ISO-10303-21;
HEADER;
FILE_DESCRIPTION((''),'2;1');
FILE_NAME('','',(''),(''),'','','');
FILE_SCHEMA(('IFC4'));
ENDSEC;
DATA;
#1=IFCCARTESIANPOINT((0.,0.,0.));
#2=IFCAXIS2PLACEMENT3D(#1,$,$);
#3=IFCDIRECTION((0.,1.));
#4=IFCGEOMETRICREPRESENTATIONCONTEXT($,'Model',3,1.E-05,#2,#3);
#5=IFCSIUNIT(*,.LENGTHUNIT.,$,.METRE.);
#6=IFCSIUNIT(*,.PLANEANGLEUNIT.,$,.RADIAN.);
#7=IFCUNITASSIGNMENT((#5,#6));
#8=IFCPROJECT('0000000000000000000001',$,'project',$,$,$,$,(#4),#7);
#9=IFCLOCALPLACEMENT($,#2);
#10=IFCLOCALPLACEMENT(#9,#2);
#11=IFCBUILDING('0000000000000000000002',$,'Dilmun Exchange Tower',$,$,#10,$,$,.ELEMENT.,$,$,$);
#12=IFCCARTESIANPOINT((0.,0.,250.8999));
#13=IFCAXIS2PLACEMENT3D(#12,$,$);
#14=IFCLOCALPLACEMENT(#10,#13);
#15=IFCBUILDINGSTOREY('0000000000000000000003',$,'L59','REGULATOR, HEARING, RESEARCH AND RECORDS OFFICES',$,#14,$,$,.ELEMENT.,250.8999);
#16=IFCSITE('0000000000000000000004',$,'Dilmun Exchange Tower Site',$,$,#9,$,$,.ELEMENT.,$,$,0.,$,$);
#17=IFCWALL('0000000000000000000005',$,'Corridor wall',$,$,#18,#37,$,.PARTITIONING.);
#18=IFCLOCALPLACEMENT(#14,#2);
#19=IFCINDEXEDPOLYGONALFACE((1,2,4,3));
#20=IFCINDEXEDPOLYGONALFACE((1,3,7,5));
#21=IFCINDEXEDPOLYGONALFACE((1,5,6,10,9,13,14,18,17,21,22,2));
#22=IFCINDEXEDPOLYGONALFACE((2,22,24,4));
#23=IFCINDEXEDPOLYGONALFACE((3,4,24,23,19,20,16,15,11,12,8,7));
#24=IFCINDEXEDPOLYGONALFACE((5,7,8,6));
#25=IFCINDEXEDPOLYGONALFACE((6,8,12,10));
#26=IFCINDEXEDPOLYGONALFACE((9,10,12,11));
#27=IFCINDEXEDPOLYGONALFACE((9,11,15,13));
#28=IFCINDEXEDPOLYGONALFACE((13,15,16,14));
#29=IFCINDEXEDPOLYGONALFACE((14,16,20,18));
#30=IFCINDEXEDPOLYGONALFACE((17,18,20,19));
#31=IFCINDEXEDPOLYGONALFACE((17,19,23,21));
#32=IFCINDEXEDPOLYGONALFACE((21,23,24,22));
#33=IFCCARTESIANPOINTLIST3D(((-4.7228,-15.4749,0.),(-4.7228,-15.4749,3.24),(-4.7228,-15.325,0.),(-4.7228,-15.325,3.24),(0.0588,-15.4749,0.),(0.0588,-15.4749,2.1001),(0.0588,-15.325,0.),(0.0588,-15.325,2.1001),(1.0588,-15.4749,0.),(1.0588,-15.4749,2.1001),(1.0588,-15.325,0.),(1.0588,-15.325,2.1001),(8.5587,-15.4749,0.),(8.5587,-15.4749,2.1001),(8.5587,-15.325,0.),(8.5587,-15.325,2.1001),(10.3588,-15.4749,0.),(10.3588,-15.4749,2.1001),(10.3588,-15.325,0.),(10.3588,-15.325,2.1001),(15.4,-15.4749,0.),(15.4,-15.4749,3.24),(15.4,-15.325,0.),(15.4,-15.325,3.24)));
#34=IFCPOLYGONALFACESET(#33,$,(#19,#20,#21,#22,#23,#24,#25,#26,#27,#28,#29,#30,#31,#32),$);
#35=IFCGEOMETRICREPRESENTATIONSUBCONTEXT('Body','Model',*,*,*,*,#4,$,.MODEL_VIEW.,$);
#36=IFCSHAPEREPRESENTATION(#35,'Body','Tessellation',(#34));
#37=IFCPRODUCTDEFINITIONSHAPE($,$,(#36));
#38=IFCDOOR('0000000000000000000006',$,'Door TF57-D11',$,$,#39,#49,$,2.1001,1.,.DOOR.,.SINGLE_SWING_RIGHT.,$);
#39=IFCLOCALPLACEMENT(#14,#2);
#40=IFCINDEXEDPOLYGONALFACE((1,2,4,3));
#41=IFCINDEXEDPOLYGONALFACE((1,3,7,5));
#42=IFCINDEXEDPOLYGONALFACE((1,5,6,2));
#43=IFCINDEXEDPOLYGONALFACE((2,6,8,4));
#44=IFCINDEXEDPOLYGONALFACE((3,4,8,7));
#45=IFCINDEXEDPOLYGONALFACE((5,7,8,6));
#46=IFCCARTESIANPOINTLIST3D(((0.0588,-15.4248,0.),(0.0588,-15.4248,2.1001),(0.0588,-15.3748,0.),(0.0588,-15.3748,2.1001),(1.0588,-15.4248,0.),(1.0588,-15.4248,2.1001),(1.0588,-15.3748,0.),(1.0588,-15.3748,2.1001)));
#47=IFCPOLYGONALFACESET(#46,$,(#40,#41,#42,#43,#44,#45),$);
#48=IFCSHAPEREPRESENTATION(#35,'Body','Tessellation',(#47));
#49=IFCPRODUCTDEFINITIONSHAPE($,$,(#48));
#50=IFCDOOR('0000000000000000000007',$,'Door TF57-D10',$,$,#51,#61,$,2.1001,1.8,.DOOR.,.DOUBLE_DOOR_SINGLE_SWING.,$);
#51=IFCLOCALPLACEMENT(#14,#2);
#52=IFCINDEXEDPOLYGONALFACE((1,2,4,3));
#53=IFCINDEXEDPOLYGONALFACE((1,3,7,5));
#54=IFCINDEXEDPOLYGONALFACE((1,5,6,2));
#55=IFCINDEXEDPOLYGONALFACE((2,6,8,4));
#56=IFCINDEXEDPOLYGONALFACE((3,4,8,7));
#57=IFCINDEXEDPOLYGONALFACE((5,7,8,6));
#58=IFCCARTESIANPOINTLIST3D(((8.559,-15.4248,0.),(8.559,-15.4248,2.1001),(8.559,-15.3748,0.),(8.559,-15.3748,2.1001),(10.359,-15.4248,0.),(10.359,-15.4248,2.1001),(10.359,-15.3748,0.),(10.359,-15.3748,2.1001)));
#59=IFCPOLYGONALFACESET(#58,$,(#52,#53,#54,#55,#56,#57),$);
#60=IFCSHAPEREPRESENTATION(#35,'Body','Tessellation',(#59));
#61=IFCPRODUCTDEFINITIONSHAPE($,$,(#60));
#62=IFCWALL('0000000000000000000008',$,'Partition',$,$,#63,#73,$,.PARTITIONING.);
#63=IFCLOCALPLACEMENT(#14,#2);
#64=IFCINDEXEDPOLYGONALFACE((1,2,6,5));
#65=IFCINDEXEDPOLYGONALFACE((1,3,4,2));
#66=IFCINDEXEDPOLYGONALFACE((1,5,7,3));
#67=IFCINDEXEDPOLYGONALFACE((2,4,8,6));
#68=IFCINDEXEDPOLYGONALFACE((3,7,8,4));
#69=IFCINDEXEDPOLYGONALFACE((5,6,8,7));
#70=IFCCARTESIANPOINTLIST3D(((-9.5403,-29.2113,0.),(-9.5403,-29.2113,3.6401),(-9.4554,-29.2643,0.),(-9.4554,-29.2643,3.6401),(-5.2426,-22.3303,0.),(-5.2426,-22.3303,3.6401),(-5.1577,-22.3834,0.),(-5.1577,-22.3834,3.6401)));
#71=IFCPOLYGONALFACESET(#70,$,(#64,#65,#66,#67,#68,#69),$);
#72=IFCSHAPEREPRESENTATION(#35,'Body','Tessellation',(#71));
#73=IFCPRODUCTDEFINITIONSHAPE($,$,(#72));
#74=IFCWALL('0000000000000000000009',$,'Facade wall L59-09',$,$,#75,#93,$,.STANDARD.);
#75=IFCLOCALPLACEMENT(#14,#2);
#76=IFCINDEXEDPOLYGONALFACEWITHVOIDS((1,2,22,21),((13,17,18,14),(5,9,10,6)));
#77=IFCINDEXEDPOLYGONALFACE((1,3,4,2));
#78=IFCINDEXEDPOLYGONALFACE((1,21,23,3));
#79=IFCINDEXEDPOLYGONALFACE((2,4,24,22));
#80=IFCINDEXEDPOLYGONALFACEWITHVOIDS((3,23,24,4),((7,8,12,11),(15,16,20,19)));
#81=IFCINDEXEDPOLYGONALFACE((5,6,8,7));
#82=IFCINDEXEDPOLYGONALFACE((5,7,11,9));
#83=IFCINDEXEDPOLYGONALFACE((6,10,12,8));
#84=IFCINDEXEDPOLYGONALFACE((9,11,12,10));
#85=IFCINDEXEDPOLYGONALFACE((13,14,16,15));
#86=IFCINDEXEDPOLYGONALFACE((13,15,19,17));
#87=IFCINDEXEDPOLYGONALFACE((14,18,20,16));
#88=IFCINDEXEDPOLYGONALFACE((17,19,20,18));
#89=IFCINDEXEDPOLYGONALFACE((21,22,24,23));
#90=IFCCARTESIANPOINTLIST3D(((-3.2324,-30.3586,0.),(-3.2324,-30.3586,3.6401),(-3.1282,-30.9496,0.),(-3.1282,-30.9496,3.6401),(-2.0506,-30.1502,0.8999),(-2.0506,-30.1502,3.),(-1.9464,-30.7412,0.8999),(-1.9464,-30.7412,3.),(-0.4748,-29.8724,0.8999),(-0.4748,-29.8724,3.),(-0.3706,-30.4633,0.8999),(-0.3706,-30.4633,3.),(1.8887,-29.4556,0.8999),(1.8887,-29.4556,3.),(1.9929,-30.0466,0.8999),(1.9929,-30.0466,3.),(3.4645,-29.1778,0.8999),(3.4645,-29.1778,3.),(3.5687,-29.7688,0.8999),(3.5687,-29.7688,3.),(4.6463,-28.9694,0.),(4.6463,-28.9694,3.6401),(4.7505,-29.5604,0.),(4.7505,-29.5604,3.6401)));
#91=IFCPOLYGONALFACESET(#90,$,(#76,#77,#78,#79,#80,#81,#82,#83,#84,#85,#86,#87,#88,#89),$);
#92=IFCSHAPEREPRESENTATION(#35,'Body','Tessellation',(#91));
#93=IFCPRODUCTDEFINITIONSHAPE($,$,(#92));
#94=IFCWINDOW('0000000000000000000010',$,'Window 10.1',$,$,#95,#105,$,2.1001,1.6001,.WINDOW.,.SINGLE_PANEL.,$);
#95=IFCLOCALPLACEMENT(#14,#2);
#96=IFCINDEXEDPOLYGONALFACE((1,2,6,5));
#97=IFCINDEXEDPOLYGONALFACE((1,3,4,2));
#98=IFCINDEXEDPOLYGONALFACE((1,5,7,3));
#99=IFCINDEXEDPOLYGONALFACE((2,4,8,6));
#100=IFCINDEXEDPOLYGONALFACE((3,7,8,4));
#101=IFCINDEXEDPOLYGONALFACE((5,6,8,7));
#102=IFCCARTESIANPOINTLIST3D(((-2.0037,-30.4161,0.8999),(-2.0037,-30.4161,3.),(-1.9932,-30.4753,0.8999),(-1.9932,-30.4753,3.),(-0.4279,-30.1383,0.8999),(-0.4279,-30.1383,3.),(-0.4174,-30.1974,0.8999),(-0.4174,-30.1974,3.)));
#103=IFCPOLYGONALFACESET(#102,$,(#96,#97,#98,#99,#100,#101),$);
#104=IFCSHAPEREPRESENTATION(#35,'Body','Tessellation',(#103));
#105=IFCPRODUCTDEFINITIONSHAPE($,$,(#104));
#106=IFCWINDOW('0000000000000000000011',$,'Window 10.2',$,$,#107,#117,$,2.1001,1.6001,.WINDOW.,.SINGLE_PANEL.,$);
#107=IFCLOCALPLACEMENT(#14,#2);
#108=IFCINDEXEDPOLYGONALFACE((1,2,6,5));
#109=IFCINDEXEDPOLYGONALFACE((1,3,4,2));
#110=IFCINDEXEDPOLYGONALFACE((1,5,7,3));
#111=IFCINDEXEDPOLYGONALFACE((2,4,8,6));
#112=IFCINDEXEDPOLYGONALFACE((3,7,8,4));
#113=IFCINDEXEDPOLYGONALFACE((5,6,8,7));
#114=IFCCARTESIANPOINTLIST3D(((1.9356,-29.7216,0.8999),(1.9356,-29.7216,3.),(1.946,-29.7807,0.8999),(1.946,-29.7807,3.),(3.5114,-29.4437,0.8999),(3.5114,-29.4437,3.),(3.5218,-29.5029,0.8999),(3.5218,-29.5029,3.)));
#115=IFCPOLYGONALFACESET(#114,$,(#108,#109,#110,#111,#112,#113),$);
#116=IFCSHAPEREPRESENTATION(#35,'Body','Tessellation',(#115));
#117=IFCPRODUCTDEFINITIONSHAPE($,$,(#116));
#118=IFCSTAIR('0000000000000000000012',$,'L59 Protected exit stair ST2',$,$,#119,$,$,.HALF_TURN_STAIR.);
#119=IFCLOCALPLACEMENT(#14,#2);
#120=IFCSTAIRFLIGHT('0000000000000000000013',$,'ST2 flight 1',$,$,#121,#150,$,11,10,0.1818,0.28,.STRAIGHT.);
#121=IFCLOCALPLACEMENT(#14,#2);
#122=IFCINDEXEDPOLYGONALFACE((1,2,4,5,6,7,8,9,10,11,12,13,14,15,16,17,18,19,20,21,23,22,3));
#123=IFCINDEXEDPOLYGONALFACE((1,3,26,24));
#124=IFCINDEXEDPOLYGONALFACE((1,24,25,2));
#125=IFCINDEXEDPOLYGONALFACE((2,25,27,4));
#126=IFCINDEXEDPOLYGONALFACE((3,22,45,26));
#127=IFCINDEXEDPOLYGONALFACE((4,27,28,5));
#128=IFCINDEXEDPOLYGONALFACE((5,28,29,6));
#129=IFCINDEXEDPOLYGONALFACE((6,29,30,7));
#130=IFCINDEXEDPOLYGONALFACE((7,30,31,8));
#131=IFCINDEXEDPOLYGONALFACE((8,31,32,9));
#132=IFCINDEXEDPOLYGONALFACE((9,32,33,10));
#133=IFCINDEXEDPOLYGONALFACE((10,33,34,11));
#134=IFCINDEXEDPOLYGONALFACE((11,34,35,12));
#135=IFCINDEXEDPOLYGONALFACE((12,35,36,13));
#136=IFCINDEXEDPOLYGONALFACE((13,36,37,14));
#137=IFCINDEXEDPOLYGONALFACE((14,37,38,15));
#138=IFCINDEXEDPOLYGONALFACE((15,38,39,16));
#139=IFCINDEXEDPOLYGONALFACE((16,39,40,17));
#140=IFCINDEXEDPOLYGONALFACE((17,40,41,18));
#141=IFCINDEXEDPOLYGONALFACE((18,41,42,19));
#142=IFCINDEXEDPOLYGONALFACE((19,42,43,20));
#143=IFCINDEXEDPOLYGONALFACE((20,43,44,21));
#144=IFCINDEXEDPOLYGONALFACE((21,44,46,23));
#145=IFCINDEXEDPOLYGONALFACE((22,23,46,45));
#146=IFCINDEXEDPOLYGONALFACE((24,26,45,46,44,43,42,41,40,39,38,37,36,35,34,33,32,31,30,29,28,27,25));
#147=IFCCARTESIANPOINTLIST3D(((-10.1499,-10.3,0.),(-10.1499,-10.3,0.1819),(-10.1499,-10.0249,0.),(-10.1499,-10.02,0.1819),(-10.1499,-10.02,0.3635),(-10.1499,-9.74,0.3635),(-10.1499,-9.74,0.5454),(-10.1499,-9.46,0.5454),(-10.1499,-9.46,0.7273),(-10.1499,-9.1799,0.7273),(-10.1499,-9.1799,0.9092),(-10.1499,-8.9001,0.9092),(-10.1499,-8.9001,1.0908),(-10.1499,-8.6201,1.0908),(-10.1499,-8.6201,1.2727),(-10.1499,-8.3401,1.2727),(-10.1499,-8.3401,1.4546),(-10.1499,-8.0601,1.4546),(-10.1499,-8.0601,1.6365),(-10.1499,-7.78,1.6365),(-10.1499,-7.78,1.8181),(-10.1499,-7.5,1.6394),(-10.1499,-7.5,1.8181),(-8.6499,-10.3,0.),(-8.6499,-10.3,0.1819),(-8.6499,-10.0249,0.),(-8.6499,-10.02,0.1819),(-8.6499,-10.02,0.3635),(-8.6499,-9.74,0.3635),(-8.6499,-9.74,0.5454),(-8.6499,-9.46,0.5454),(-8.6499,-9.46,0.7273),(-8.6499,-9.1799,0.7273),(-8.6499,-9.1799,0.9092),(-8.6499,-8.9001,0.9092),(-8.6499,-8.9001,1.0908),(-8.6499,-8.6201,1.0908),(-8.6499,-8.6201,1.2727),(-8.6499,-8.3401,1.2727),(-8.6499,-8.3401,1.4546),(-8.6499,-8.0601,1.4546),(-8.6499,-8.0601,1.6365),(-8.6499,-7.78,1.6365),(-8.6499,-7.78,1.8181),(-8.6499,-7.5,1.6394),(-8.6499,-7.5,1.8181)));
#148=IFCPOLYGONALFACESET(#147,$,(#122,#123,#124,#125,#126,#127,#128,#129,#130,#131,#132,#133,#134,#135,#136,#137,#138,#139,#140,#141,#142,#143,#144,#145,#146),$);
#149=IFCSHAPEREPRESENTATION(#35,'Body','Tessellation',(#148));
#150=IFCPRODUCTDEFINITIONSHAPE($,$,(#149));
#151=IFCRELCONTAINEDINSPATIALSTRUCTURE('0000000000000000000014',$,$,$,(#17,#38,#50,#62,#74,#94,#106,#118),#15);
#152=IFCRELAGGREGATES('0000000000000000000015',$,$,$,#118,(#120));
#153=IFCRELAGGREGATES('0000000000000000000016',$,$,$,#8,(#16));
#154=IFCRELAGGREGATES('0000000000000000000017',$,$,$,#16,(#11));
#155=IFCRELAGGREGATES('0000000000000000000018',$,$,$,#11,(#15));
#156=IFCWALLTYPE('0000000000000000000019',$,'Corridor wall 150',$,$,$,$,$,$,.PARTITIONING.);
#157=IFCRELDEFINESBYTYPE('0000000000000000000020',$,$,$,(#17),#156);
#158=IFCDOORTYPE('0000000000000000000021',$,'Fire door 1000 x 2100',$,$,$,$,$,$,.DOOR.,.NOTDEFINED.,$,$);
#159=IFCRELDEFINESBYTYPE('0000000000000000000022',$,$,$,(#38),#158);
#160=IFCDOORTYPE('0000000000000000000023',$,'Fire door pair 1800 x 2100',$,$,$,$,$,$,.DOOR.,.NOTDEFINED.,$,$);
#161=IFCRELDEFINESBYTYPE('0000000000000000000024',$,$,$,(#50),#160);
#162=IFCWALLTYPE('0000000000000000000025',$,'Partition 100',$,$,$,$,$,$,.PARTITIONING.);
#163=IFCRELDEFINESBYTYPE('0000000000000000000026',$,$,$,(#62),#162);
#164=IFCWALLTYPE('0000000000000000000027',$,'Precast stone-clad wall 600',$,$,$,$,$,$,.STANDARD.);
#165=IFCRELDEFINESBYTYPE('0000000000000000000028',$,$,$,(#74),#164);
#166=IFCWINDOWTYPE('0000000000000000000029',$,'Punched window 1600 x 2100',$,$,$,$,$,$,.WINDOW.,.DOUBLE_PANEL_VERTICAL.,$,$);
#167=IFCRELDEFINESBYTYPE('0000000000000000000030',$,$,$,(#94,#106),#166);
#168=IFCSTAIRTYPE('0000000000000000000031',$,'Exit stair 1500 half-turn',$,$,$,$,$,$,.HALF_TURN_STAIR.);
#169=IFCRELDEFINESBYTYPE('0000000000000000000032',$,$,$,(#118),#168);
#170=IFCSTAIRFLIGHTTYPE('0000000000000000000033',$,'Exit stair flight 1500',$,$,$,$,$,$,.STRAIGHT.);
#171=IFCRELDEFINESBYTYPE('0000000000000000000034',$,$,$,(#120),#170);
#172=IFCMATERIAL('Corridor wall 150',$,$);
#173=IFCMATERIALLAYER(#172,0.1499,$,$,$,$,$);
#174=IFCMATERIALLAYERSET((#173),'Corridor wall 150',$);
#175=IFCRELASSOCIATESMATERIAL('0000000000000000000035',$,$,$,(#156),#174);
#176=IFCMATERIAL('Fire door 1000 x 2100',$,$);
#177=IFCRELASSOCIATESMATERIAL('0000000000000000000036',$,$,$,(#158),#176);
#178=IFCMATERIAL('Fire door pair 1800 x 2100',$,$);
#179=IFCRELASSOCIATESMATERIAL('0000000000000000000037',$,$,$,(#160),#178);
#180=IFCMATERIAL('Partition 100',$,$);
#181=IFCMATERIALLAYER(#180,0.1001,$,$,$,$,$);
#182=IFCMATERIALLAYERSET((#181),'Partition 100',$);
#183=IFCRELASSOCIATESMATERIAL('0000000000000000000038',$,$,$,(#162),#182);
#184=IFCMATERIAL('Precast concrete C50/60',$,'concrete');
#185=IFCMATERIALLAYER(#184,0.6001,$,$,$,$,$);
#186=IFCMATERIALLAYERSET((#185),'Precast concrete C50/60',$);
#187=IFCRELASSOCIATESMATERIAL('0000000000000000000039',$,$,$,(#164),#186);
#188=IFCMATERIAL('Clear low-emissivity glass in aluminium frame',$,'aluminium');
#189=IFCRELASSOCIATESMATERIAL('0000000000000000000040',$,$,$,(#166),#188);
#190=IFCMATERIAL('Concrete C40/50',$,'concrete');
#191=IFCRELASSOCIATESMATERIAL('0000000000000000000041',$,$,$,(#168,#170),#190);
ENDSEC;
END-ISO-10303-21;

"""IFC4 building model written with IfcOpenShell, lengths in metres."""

from ifc_helpers import new_model, si_unit, direction, frame, frame_2d, origin, place, context, subcontext, project, spatial, polyline, rectangle, outline, extrude, material, layer, layer_set, type_object, element, fill, aggregate, save


model = new_model("IFC4")

# Units and contexts
model_context = context("Model", 3, precision=1e-05, world=origin(), true_north=direction((0.0, 1.0)))
body_context = subcontext(model_context, "Body", "Model", "MODEL_VIEW")
ifc_project = project(units=[si_unit("LENGTHUNIT", "METRE"), si_unit("PLANEANGLEUNIT", "RADIAN")], contexts=[model_context])

# Site, building, storey
site_placement = place(None, origin())
site = spatial("IfcSite", under=ifc_project, at=site_placement, Name="Dilmun Exchange Tower Site", CompositionType="ELEMENT", RefElevation=0.0)
building_placement = place(site_placement, origin())
building = spatial("IfcBuilding", under=site, at=building_placement, Name="Dilmun Exchange Tower", CompositionType="ELEMENT")
storey_placement = place(building_placement, frame((0.0, 0.0, 250.8999)))
storey = spatial("IfcBuildingStorey", under=building, at=storey_placement, Name="L59", Description="REGULATOR, HEARING, RESEARCH AND RECORDS OFFICES", CompositionType="ELEMENT", Elevation=250.8999)

# Shared definitions
ifc_material_1 = material(Name="Concrete C40/50", Category="concrete")

# Shared definitions
ifc_material_2 = material(Name="Corridor wall 150")
ifc_layer_1 = layer(ifc_material_2, 0.1499)
ifc_layer_set_1 = layer_set([ifc_layer_1], Name="Corridor wall 150")
wall_type_1 = type_object("IfcWallType", Name="Corridor wall 150", PredefinedType="PARTITIONING", material=ifc_layer_set_1)

# Shared definitions
ifc_material_3 = material(Name="Fire door 1000 x 2100")
door_type_1 = type_object("IfcDoorType", Name="Fire door 1000 x 2100", OperationType="NOTDEFINED", PredefinedType="DOOR", material=ifc_material_3)

# Wall, openings, doors
wall_1_placement = place(storey_placement, frame((-4.7229, -15.3999, 0.0), z_axis=(0.0, 0.0, 1.0), x_axis=(1.0, 0.0, 0.0)))
wall_1 = element("IfcWall", 1, at=wall_1_placement, inside=storey, type_object=wall_type_1, Name="Corridor wall", PredefinedType="PARTITIONING", context=body_context, shape_type="SweptSolid", body=[
    extrude(rectangle(XDim=20.1228, YDim=0.1499, at=frame_2d((10.0615, 0.0))), origin(), (0.0, 0.0, 1.0), 3.24),
])
opening_1_placement = place(wall_1_placement, frame((13.2817, 0.0, 0.0)))
opening_1 = element("IfcOpeningElement", 2, at=opening_1_placement, cuts=wall_1, PredefinedType="OPENING", context=body_context, shape_type="SweptSolid", body=[
    extrude(rectangle(XDim=1.8, YDim=2.1001, at=frame_2d((0.8999, 1.05))), frame((0.0, 0.085, 0.0), z_axis=(0.0, -1.0, 0.0), x_axis=(1.0, 0.0, 0.0)), (0.0, 0.0, 1.0), 0.1699),
])
opening_2_placement = place(wall_1_placement, frame((4.7817, 0.0, 0.0)))
opening_2 = element("IfcOpeningElement", 3, at=opening_2_placement, cuts=wall_1, PredefinedType="OPENING", context=body_context, shape_type="SweptSolid", body=[
    extrude(rectangle(XDim=1.0, YDim=2.1001, at=frame_2d((0.5, 1.05))), frame((0.0, 0.085, 0.0), z_axis=(0.0, -1.0, 0.0), x_axis=(1.0, 0.0, 0.0)), (0.0, 0.0, 1.0), 0.1699),
])
door_1_placement = place(opening_2_placement, frame((1.0, 0.0, 0.0), z_axis=(0.0, 0.0, 1.0), x_axis=(-1.0, 0.0, 0.0)))
door_1 = element("IfcDoor", 4, at=door_1_placement, inside=storey, type_object=door_type_1, Name="Door TF57-D11", OperationType="SINGLE_SWING_RIGHT", OverallHeight=2.1001, OverallWidth=1.0, PredefinedType="DOOR", context=body_context, shape_type="SweptSolid", body=[
    extrude(rectangle(XDim=1.0, YDim=2.1001, at=frame_2d((0.5, 1.05))), frame((0.0, 0.0249, 0.0), z_axis=(0.0, -1.0, 0.0), x_axis=(1.0, 0.0, 0.0)), (0.0, 0.0, 1.0), 0.05),
])
fill(opening_2, door_1)
ifc_material_4 = material(Name="Fire door pair 1800 x 2100")
door_type_2 = type_object("IfcDoorType", Name="Fire door pair 1800 x 2100", OperationType="NOTDEFINED", PredefinedType="DOOR", material=ifc_material_4)
door_2_placement = place(opening_1_placement, frame((1.8, 0.0, 0.0), z_axis=(0.0, 0.0, 1.0), x_axis=(-1.0, 0.0, 0.0)))
door_2 = element("IfcDoor", 5, at=door_2_placement, inside=storey, type_object=door_type_2, Name="Door TF57-D10", OperationType="DOUBLE_DOOR_SINGLE_SWING", OverallHeight=2.1001, OverallWidth=1.8, PredefinedType="DOOR", context=body_context, shape_type="SweptSolid", body=[
    extrude(rectangle(XDim=1.8, YDim=2.1001, at=frame_2d((0.8999, 1.05))), frame((0.0, 0.0249, 0.0), z_axis=(0.0, -1.0, 0.0), x_axis=(1.0, 0.0, 0.0)), (0.0, 0.0, 1.0), 0.05),
])
fill(opening_1, door_2)

# Wall
ifc_material_5 = material(Name="Partition 100")
ifc_layer_2 = layer(ifc_material_5, 0.1001)
ifc_layer_set_2 = layer_set([ifc_layer_2], Name="Partition 100")
wall_type_2 = type_object("IfcWallType", Name="Partition 100", PredefinedType="PARTITIONING", material=ifc_layer_set_2)
wall_2_placement = place(storey_placement, frame((-9.4978, -29.2378, 0.0), z_axis=(0.0, 0.0, 1.0), x_axis=(0.529739, 0.848161, 0.0)))
element("IfcWall", 6, at=wall_2_placement, inside=storey, type_object=wall_type_2, Name="Partition", PredefinedType="PARTITIONING", context=body_context, shape_type="SweptSolid", body=[
    extrude(rectangle(XDim=8.1128, YDim=0.1001, at=frame_2d((4.0564, 0.0))), origin(), (0.0, 0.0, 1.0), 3.6401),
])

# Wall, openings, windows
ifc_material_6 = material(Name="Precast concrete C50/60", Category="concrete")
ifc_layer_3 = layer(ifc_material_6, 0.6001)
ifc_layer_set_3 = layer_set([ifc_layer_3], Name="Precast concrete C50/60")
wall_type_3 = type_object("IfcWallType", Name="Precast stone-clad wall 600", PredefinedType="STANDARD", material=ifc_layer_set_3)
wall_3_placement = place(storey_placement, frame((-3.1802, -30.6541, 0.0), z_axis=(0.0, 0.0, 1.0), x_axis=(0.984809, 0.173641, 0.0)))
wall_3 = element("IfcWall", 7, at=wall_3_placement, inside=storey, type_object=wall_type_3, Name="Facade wall L59-09", PredefinedType="STANDARD", context=body_context, shape_type="SweptSolid", body=[
    extrude(rectangle(XDim=8.0002, YDim=0.6001, at=frame_2d((4.0, 0.0))), origin(), (0.0, 0.0, 1.0), 3.6401),
])
opening_3_placement = place(wall_3_placement, frame((1.2, 0.0, 0.8999)))
opening_3 = element("IfcOpeningElement", 8, at=opening_3_placement, cuts=wall_3, PredefinedType="OPENING", context=body_context, shape_type="SweptSolid", body=[
    extrude(rectangle(XDim=1.6001, YDim=2.1001, at=frame_2d((0.8, 1.05))), frame((0.0, 0.3101, 0.0), z_axis=(0.0, -1.0, 0.0), x_axis=(1.0, 0.0, 0.0)), (0.0, 0.0, 1.0), 0.6201),
])
opening_4_placement = place(wall_3_placement, frame((5.2, 0.0, 0.8999)))
opening_4 = element("IfcOpeningElement", 9, at=opening_4_placement, cuts=wall_3, PredefinedType="OPENING", context=body_context, shape_type="SweptSolid", body=[
    extrude(rectangle(XDim=1.6001, YDim=2.1001, at=frame_2d((0.8, 1.05))), frame((0.0, 0.3101, 0.0), z_axis=(0.0, -1.0, 0.0), x_axis=(1.0, 0.0, 0.0)), (0.0, 0.0, 1.0), 0.6201),
])
ifc_material_7 = material(Name="Clear low-emissivity glass in aluminium frame", Category="aluminium")
window_type = type_object("IfcWindowType", Name="Punched window 1600 x 2100", PartitioningType="DOUBLE_PANEL_VERTICAL", PredefinedType="WINDOW", material=ifc_material_7)
window_1_placement = place(opening_3_placement, origin())
window_1 = element("IfcWindow", 10, at=window_1_placement, inside=storey, type_object=window_type, Name="Window 10.1", OverallHeight=2.1001, OverallWidth=1.6001, PartitioningType="SINGLE_PANEL", PredefinedType="WINDOW", context=body_context, shape_type="SweptSolid", body=[
    extrude(rectangle(XDim=1.6001, YDim=2.1001, at=frame_2d((0.8, 1.05))), frame((0.0, 0.03, 0.0), z_axis=(0.0, -1.0, 0.0), x_axis=(1.0, 0.0, 0.0)), (0.0, 0.0, 1.0), 0.0601),
])
fill(opening_3, window_1)
window_2_placement = place(opening_4_placement, origin())
window_2 = element("IfcWindow", 11, at=window_2_placement, inside=storey, type_object=window_type, Name="Window 10.2", OverallHeight=2.1001, OverallWidth=1.6001, PartitioningType="SINGLE_PANEL", PredefinedType="WINDOW", context=body_context, shape_type="SweptSolid", body=[
    extrude(rectangle(XDim=1.6001, YDim=2.1001, at=frame_2d((0.8, 1.05))), frame((0.0, 0.03, 0.0), z_axis=(0.0, -1.0, 0.0), x_axis=(1.0, 0.0, 0.0)), (0.0, 0.0, 1.0), 0.0601),
])
fill(opening_4, window_2)

# Stair, stair flight
stair_type = type_object("IfcStairType", Name="Exit stair 1500 half-turn", PredefinedType="HALF_TURN_STAIR", material=ifc_material_1)
stair_placement = place(storey_placement, origin())
stair = element("IfcStair", 12, at=stair_placement, inside=storey, type_object=stair_type, Name="L59 Protected exit stair ST2", PredefinedType="HALF_TURN_STAIR")
stair_flight_type = type_object("IfcStairFlightType", Name="Exit stair flight 1500", PredefinedType="STRAIGHT", material=ifc_material_1)
stair_flight_placement = place(storey_placement, frame((-9.3999, -10.3, 0.0), z_axis=(0.0, 0.0, 1.0), x_axis=(0.0, 1.0, 0.0)))
stair_flight = element("IfcStairFlight", 13, at=stair_flight_placement, type_object=stair_flight_type, Name="ST2 flight 1", NumberOfRisers=11, NumberOfTreads=10, PredefinedType="STRAIGHT", RiserHeight=0.1818, TreadLength=0.28, context=body_context, shape_type="SweptSolid", body=[
    extrude(outline(polyline([(0.0, 0.0), (0.0, 0.1819), (0.28, 0.1819), (0.28, 0.3635), (0.5601, 0.3635), (0.5601, 0.5454), (0.8401, 0.5454), (0.8401, 0.7273), (1.1201, 0.7273), (1.1201, 0.9092), (1.3999, 0.9092), (1.3999, 1.0908), (1.6799, 1.0908), (1.6799, 1.2727), (1.96, 1.2727), (1.96, 1.4546), (2.24, 1.4546), (2.24, 1.6365), (2.52, 1.6365), (2.52, 1.8181), (2.8, 1.8181), (2.8, 2.0), (2.8, 1.6394), (0.2751, 0.0), (0.0, 0.0)])), frame((0.0, 0.75, 0.0), z_axis=(0.0, -1.0, 0.0), x_axis=(1.0, 0.0, 0.0)), (0.0, 0.0, 1.0), 1.5),
])
aggregate(stair, [stair_flight])

save(model, "model.ifc")
